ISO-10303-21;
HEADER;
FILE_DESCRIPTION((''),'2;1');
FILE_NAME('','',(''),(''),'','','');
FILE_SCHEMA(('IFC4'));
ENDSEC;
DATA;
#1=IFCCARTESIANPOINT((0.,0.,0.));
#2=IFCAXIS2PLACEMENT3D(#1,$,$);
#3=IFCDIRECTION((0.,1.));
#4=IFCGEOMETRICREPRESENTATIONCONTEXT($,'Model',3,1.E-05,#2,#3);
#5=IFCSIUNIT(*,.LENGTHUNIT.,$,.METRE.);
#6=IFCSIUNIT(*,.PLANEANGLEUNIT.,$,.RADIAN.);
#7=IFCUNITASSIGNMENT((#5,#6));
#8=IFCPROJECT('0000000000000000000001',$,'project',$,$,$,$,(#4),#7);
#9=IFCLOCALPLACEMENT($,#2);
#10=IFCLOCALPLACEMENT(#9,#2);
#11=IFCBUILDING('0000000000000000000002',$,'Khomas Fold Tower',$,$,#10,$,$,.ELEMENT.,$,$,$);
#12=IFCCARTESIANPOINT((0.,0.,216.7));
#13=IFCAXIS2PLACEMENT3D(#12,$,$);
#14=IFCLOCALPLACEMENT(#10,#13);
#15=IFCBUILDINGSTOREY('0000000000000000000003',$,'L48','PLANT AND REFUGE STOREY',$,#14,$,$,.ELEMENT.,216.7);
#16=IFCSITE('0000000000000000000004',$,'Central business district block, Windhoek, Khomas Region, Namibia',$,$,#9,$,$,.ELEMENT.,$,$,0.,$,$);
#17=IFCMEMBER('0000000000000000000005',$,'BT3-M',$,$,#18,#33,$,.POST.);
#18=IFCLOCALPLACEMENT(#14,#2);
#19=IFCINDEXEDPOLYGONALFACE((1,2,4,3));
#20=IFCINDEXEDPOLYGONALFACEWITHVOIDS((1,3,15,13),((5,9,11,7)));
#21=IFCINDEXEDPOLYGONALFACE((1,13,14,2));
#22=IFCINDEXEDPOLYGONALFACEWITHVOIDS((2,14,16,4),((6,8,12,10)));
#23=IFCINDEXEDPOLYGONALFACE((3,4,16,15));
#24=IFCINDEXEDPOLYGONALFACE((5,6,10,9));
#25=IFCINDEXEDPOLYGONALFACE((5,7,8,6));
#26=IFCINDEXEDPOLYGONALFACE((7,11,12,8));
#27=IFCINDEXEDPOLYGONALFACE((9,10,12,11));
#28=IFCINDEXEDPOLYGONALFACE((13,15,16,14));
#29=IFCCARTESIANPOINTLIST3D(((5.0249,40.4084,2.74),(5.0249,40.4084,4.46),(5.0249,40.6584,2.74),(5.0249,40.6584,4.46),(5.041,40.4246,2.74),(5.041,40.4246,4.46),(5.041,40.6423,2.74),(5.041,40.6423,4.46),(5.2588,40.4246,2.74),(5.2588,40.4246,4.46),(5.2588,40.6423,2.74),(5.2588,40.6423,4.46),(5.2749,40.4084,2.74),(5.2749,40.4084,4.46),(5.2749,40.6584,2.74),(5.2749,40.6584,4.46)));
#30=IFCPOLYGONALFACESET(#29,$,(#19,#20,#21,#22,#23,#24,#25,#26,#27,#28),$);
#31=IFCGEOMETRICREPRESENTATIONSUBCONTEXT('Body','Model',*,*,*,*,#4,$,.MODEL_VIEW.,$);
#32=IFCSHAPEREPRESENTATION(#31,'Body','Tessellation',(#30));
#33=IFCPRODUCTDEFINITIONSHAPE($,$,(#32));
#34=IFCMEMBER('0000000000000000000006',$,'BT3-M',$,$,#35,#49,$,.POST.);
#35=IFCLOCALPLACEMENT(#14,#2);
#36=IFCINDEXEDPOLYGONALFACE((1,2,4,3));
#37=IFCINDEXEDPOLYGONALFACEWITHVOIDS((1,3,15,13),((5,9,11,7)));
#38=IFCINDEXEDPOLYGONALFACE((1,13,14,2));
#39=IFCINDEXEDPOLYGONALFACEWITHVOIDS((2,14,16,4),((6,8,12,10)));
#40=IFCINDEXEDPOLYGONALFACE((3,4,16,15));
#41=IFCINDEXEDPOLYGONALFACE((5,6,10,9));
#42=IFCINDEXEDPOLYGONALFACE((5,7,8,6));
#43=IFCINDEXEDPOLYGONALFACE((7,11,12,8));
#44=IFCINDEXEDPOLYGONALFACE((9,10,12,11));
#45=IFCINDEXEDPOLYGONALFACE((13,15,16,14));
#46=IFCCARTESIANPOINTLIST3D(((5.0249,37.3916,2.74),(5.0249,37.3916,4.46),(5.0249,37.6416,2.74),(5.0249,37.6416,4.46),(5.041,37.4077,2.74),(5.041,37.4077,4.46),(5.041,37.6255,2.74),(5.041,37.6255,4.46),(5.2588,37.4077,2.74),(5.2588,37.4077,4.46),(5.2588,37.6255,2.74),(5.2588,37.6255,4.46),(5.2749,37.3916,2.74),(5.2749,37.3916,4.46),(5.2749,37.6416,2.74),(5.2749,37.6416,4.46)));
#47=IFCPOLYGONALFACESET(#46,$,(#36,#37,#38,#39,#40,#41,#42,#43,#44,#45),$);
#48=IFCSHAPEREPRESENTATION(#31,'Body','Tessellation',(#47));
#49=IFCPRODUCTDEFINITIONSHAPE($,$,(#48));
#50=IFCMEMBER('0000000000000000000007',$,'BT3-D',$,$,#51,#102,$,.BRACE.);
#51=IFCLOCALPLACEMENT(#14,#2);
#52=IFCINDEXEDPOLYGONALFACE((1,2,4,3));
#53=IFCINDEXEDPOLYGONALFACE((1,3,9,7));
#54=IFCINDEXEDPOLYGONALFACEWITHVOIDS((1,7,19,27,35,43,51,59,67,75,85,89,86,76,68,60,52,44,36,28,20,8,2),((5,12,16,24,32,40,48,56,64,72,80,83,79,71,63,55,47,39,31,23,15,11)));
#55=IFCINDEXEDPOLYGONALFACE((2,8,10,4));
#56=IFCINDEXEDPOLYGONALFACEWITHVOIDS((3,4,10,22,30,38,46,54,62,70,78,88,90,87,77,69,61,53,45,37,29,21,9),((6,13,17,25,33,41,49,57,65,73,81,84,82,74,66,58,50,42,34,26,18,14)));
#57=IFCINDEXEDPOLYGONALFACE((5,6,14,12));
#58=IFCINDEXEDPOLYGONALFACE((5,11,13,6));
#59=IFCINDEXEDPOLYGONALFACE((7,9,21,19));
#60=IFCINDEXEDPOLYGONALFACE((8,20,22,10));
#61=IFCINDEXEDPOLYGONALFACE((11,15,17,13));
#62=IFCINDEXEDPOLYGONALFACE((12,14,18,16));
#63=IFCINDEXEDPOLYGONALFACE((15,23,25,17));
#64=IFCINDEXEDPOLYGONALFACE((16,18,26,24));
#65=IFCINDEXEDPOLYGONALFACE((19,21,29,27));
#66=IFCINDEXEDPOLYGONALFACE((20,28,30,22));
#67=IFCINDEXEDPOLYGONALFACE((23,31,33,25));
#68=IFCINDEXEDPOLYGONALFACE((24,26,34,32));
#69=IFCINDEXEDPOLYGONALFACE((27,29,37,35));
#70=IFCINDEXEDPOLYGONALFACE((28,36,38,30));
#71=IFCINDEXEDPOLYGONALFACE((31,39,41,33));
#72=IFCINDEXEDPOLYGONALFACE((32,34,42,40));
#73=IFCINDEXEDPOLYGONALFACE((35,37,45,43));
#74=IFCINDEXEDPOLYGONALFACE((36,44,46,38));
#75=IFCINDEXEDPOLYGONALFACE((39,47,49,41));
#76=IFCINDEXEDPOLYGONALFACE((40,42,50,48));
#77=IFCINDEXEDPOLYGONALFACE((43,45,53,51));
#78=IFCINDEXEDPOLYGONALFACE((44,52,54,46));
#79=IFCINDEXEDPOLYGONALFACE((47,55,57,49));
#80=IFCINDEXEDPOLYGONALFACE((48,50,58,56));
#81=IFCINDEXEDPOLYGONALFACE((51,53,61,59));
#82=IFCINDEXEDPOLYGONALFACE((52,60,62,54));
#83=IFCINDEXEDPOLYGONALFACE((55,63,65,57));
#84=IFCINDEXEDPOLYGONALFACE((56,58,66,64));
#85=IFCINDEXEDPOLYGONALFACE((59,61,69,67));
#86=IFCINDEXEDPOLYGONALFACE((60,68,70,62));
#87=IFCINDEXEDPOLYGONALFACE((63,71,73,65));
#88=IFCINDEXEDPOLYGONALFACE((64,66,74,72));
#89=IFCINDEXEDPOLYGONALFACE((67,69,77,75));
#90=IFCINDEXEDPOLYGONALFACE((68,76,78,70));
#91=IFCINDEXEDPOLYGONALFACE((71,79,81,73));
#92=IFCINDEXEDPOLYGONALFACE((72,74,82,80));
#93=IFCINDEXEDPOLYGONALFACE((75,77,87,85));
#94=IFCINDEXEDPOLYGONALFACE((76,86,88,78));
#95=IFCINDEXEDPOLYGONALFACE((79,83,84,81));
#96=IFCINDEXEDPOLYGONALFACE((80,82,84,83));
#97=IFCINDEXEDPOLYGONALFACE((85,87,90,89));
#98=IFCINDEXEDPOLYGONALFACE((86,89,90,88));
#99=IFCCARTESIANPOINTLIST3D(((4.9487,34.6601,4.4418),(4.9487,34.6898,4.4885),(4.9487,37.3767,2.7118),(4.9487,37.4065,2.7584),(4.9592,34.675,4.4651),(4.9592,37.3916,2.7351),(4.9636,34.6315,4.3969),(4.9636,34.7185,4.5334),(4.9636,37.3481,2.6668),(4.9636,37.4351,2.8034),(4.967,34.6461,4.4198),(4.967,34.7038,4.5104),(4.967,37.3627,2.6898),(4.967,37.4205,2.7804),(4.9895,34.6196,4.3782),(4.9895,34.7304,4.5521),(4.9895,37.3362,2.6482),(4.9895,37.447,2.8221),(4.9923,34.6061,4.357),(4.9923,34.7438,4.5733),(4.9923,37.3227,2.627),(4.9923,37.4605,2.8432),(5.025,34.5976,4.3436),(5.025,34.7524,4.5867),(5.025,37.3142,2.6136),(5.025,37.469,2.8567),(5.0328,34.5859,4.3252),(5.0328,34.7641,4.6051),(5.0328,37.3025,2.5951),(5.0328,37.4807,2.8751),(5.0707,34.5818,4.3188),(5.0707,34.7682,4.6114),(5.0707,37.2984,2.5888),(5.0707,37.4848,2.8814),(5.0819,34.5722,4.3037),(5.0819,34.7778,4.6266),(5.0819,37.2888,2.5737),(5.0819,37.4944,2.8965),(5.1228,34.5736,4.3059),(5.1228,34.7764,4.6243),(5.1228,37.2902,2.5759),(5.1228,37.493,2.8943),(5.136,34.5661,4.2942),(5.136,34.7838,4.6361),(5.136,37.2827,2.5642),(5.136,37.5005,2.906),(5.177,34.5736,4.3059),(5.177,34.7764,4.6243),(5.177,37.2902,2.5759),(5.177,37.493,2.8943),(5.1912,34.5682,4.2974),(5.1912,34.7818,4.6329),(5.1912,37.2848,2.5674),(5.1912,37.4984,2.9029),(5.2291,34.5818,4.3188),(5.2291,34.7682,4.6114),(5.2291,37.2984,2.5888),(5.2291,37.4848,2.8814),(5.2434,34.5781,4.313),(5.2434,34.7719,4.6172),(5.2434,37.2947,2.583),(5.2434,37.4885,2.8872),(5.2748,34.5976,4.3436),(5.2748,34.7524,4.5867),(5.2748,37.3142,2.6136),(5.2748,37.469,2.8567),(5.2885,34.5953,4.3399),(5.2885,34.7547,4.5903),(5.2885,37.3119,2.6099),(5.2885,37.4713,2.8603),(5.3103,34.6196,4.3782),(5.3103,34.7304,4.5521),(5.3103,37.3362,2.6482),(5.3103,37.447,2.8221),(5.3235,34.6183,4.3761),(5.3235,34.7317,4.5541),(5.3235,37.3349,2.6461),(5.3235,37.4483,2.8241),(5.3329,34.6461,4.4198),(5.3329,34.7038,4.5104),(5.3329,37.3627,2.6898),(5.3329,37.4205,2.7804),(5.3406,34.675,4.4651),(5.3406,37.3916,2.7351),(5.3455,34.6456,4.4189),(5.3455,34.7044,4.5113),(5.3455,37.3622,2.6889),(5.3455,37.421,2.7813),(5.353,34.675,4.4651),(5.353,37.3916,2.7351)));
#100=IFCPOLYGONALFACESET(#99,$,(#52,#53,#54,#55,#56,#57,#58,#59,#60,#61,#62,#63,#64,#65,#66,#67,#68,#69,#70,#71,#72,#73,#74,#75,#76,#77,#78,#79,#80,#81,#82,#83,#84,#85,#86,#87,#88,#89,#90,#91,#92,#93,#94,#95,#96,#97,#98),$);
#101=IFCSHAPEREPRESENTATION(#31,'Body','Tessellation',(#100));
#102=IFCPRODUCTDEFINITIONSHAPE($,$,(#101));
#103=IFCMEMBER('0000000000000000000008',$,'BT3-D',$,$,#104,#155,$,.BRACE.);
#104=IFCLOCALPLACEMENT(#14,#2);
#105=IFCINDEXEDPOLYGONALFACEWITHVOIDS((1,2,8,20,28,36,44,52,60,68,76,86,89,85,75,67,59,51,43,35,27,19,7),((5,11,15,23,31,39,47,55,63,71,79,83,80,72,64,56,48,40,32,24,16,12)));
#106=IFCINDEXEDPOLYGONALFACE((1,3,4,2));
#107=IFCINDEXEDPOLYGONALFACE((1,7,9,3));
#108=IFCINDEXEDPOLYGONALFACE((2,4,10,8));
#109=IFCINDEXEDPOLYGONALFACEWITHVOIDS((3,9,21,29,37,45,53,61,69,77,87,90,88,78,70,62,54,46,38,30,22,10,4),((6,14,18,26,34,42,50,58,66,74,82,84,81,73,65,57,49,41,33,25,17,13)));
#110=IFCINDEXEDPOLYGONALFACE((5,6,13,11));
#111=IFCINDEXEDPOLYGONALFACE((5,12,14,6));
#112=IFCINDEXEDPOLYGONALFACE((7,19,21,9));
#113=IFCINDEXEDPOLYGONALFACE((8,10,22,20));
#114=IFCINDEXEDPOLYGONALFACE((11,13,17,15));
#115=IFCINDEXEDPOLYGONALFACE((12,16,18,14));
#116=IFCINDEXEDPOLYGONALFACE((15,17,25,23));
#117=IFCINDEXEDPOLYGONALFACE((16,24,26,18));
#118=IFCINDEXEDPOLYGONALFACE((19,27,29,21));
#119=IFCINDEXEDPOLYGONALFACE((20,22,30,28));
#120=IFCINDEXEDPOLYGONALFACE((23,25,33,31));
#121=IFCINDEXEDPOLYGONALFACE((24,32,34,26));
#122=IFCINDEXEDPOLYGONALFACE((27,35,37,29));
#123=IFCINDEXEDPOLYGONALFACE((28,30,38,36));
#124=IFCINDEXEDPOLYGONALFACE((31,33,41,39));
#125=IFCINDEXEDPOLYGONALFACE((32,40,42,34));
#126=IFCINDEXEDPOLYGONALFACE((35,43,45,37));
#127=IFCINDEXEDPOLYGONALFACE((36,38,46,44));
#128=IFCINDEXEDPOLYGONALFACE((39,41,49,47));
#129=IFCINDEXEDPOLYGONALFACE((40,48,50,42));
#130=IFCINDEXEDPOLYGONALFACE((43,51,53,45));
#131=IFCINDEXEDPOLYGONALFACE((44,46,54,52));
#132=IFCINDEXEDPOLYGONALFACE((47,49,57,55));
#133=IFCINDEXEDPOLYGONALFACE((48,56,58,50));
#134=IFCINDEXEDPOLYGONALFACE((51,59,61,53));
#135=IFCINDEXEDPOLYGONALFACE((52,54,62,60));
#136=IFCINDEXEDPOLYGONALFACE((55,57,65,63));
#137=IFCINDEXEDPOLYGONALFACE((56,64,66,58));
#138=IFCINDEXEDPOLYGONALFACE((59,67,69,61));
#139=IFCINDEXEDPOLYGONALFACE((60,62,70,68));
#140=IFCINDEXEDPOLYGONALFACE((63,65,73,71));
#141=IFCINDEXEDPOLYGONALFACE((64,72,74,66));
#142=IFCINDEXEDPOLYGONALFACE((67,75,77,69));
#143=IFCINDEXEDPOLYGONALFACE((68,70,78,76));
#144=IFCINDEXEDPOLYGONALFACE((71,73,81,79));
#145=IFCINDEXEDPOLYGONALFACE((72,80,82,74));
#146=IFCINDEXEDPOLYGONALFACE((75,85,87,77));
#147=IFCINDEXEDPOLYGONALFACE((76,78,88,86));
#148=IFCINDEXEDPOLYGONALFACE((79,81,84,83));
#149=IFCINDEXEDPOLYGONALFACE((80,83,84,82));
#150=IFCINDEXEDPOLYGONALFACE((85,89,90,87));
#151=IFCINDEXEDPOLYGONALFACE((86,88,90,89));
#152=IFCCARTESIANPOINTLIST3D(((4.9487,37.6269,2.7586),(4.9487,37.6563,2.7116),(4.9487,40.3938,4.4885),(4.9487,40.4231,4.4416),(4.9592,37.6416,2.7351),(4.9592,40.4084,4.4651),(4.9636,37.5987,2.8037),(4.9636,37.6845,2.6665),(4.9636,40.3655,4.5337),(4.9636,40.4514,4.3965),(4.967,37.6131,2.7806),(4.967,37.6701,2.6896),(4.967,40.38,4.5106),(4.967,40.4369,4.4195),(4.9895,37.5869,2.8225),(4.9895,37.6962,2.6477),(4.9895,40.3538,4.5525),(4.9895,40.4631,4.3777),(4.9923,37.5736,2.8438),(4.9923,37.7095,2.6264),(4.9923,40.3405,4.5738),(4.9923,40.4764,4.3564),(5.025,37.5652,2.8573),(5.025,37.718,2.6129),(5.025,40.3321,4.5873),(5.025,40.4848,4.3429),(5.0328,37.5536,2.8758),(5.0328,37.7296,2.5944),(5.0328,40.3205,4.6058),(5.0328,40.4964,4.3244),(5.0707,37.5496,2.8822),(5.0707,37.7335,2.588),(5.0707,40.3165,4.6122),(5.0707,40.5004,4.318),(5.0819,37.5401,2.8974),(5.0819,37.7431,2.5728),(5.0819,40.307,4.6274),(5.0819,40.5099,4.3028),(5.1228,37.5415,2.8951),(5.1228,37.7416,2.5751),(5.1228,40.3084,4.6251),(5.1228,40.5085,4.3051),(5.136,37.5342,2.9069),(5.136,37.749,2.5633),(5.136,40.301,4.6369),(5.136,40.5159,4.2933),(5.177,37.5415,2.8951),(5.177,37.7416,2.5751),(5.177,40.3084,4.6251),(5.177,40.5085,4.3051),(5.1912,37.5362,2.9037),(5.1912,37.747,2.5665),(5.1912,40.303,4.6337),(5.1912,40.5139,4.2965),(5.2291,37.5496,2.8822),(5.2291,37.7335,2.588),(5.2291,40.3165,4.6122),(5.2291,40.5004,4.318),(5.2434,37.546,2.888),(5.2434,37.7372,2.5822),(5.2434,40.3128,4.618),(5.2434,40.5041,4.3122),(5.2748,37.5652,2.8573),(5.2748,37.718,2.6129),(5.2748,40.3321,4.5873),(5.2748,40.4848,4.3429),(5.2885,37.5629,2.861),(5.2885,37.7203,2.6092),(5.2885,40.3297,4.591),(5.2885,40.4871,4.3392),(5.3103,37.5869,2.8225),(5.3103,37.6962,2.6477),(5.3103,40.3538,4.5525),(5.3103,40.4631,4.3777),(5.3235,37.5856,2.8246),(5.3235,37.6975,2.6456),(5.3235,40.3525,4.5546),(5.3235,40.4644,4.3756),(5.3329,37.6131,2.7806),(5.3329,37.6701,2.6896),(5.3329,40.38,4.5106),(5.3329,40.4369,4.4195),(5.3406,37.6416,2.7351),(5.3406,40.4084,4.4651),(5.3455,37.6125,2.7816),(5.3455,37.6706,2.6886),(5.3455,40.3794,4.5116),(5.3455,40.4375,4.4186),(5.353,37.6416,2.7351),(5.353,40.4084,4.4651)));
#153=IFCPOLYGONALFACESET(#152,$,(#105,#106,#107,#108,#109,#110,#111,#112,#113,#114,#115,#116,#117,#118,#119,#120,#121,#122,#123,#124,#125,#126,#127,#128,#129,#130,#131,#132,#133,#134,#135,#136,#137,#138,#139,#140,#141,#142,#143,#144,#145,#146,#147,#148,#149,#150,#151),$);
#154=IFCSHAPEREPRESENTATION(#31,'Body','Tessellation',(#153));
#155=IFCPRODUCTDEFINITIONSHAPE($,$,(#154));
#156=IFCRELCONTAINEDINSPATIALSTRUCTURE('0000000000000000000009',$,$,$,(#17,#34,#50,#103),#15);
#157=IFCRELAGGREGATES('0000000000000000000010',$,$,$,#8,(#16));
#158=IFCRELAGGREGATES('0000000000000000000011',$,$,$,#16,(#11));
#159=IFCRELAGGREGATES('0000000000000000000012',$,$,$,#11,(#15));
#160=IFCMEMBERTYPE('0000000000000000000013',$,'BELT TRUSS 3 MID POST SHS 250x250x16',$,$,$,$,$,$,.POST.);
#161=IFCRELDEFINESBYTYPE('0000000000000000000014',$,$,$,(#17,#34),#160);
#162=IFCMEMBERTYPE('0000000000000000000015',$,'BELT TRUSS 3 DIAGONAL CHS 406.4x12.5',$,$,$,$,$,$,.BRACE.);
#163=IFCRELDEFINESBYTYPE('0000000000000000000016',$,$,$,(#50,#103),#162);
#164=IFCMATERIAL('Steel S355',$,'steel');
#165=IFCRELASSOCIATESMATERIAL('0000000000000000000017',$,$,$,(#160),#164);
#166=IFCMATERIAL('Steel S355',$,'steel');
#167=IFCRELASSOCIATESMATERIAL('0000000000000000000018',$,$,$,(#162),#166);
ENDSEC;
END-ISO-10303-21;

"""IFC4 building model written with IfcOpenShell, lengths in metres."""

from ifc_helpers import new_model, si_unit, direction, frame, origin, origin_2d, place, context, subcontext, project, spatial, hollow_rectangle, hollow_circle, extrude, source, transform, mapped, material, material_profile, profile_set, type_object, element, save


model = new_model("IFC4")

# Units and contexts
model_context = context("Model", 3, precision=1e-05, world=origin(), true_north=direction((0.0, 1.0)))
body_context = subcontext(model_context, "Body", "Model", "MODEL_VIEW")
ifc_project = project(units=[si_unit("LENGTHUNIT", "METRE"), si_unit("PLANEANGLEUNIT", "RADIAN")], contexts=[model_context])

# Site, building, storey
site_placement = place(None, origin())
site = spatial("IfcSite", under=ifc_project, at=site_placement, Name="Central business district block, Windhoek, Khomas Region, Namibia", CompositionType="ELEMENT", RefElevation=0.0)
building_placement = place(site_placement, origin())
building = spatial("IfcBuilding", under=site, at=building_placement, Name="Khomas Fold Tower", CompositionType="ELEMENT")
storey_placement = place(building_placement, frame((0.0, 0.0, 216.7)))
storey = spatial("IfcBuildingStorey", under=building, at=storey_placement, Name="L48", Description="PLANT AND REFUGE STOREY", CompositionType="ELEMENT", Elevation=216.7)

# Members
ifc_material_1 = material(Name="Steel S355", Category="steel")
ifc_material_profile_1 = material_profile(ifc_material_1, hollow_rectangle(XDim=0.25, YDim=0.25, WallThickness=0.0161, at=origin_2d()), Name="SHS 250x250x16")
ifc_profile_set_1 = profile_set([ifc_material_profile_1], Name="Steel S355")
member_type_1 = type_object("IfcMemberType", Name="BELT TRUSS 3 MID POST SHS 250x250x16", PredefinedType="POST", material=ifc_profile_set_1)
shared_shape_1 = source(origin(), body_context, "Body", "SweptSolid", [
    extrude(hollow_rectangle(XDim=0.25, YDim=0.25, WallThickness=0.0161, at=origin_2d()), origin(), (0.0, 0.0, 1.0), 1.72),
])
for number, where, z_axis, x_axis, name in (
    (1, (5.1499, 40.5334, 2.74), (0.0, 0.0, 1.0), (1.0, 0.0, 0.0), "BT3-M"),
    (2, (5.1499, 37.5166, 2.74), (0.0, 0.0, 1.0), (1.0, 0.0, 0.0), "BT3-M"),
):
    element("IfcMember", number, at=place(storey_placement, frame(where, z_axis=z_axis, x_axis=x_axis)), inside=storey, type_object=member_type_1, Name=name, PredefinedType="POST", context=body_context, shape_type="MappedRepresentation", body=[
        mapped(shared_shape_1, transform((0.0, 0.0, 0.0))),
    ])
ifc_material_2 = material(Name="Steel S355", Category="steel")
ifc_material_profile_2 = material_profile(ifc_material_2, hollow_circle(Radius=0.2031, WallThickness=0.0125, at=origin_2d()), Name="CHS 406.4x12.5")
ifc_profile_set_2 = profile_set([ifc_material_profile_2], Name="Steel S355")
member_type_2 = type_object("IfcMemberType", Name="BELT TRUSS 3 DIAGONAL CHS 406.4x12.5", PredefinedType="BRACE", material=ifc_profile_set_2)
shared_shape_2 = source(origin(), body_context, "Body", "SweptSolid", [
    extrude(hollow_circle(Radius=0.2031, WallThickness=0.0125, at=origin_2d()), origin(), (0.0, 0.0, 1.0), 3.2207),
])
member_1_placement = place(storey_placement, frame((5.1499, 37.3916, 2.7351), z_axis=(0.0, -0.843484, 0.537155), x_axis=(1.0, 0.0, 0.0)))
element("IfcMember", 3, at=member_1_placement, inside=storey, type_object=member_type_2, Name="BT3-D", PredefinedType="BRACE", context=body_context, shape_type="MappedRepresentation", body=[
    mapped(shared_shape_2, transform((0.0, 0.0, 0.0))),
])
shared_shape_3 = source(origin(), body_context, "Body", "SweptSolid", [
    extrude(hollow_circle(Radius=0.2031, WallThickness=0.0125, at=origin_2d()), origin(), (0.0, 0.0, 1.0), 3.2632),
])
member_2_placement = place(storey_placement, frame((5.1499, 40.4084, 4.4651), z_axis=(0.0, -0.847902, -0.530154), x_axis=(1.0, 0.0, 0.0)))
element("IfcMember", 4, at=member_2_placement, inside=storey, type_object=member_type_2, Name="BT3-D", PredefinedType="BRACE", context=body_context, shape_type="MappedRepresentation", body=[
    mapped(shared_shape_3, transform((0.0, 0.0, 0.0))),
])

save(model, "model.ifc")
